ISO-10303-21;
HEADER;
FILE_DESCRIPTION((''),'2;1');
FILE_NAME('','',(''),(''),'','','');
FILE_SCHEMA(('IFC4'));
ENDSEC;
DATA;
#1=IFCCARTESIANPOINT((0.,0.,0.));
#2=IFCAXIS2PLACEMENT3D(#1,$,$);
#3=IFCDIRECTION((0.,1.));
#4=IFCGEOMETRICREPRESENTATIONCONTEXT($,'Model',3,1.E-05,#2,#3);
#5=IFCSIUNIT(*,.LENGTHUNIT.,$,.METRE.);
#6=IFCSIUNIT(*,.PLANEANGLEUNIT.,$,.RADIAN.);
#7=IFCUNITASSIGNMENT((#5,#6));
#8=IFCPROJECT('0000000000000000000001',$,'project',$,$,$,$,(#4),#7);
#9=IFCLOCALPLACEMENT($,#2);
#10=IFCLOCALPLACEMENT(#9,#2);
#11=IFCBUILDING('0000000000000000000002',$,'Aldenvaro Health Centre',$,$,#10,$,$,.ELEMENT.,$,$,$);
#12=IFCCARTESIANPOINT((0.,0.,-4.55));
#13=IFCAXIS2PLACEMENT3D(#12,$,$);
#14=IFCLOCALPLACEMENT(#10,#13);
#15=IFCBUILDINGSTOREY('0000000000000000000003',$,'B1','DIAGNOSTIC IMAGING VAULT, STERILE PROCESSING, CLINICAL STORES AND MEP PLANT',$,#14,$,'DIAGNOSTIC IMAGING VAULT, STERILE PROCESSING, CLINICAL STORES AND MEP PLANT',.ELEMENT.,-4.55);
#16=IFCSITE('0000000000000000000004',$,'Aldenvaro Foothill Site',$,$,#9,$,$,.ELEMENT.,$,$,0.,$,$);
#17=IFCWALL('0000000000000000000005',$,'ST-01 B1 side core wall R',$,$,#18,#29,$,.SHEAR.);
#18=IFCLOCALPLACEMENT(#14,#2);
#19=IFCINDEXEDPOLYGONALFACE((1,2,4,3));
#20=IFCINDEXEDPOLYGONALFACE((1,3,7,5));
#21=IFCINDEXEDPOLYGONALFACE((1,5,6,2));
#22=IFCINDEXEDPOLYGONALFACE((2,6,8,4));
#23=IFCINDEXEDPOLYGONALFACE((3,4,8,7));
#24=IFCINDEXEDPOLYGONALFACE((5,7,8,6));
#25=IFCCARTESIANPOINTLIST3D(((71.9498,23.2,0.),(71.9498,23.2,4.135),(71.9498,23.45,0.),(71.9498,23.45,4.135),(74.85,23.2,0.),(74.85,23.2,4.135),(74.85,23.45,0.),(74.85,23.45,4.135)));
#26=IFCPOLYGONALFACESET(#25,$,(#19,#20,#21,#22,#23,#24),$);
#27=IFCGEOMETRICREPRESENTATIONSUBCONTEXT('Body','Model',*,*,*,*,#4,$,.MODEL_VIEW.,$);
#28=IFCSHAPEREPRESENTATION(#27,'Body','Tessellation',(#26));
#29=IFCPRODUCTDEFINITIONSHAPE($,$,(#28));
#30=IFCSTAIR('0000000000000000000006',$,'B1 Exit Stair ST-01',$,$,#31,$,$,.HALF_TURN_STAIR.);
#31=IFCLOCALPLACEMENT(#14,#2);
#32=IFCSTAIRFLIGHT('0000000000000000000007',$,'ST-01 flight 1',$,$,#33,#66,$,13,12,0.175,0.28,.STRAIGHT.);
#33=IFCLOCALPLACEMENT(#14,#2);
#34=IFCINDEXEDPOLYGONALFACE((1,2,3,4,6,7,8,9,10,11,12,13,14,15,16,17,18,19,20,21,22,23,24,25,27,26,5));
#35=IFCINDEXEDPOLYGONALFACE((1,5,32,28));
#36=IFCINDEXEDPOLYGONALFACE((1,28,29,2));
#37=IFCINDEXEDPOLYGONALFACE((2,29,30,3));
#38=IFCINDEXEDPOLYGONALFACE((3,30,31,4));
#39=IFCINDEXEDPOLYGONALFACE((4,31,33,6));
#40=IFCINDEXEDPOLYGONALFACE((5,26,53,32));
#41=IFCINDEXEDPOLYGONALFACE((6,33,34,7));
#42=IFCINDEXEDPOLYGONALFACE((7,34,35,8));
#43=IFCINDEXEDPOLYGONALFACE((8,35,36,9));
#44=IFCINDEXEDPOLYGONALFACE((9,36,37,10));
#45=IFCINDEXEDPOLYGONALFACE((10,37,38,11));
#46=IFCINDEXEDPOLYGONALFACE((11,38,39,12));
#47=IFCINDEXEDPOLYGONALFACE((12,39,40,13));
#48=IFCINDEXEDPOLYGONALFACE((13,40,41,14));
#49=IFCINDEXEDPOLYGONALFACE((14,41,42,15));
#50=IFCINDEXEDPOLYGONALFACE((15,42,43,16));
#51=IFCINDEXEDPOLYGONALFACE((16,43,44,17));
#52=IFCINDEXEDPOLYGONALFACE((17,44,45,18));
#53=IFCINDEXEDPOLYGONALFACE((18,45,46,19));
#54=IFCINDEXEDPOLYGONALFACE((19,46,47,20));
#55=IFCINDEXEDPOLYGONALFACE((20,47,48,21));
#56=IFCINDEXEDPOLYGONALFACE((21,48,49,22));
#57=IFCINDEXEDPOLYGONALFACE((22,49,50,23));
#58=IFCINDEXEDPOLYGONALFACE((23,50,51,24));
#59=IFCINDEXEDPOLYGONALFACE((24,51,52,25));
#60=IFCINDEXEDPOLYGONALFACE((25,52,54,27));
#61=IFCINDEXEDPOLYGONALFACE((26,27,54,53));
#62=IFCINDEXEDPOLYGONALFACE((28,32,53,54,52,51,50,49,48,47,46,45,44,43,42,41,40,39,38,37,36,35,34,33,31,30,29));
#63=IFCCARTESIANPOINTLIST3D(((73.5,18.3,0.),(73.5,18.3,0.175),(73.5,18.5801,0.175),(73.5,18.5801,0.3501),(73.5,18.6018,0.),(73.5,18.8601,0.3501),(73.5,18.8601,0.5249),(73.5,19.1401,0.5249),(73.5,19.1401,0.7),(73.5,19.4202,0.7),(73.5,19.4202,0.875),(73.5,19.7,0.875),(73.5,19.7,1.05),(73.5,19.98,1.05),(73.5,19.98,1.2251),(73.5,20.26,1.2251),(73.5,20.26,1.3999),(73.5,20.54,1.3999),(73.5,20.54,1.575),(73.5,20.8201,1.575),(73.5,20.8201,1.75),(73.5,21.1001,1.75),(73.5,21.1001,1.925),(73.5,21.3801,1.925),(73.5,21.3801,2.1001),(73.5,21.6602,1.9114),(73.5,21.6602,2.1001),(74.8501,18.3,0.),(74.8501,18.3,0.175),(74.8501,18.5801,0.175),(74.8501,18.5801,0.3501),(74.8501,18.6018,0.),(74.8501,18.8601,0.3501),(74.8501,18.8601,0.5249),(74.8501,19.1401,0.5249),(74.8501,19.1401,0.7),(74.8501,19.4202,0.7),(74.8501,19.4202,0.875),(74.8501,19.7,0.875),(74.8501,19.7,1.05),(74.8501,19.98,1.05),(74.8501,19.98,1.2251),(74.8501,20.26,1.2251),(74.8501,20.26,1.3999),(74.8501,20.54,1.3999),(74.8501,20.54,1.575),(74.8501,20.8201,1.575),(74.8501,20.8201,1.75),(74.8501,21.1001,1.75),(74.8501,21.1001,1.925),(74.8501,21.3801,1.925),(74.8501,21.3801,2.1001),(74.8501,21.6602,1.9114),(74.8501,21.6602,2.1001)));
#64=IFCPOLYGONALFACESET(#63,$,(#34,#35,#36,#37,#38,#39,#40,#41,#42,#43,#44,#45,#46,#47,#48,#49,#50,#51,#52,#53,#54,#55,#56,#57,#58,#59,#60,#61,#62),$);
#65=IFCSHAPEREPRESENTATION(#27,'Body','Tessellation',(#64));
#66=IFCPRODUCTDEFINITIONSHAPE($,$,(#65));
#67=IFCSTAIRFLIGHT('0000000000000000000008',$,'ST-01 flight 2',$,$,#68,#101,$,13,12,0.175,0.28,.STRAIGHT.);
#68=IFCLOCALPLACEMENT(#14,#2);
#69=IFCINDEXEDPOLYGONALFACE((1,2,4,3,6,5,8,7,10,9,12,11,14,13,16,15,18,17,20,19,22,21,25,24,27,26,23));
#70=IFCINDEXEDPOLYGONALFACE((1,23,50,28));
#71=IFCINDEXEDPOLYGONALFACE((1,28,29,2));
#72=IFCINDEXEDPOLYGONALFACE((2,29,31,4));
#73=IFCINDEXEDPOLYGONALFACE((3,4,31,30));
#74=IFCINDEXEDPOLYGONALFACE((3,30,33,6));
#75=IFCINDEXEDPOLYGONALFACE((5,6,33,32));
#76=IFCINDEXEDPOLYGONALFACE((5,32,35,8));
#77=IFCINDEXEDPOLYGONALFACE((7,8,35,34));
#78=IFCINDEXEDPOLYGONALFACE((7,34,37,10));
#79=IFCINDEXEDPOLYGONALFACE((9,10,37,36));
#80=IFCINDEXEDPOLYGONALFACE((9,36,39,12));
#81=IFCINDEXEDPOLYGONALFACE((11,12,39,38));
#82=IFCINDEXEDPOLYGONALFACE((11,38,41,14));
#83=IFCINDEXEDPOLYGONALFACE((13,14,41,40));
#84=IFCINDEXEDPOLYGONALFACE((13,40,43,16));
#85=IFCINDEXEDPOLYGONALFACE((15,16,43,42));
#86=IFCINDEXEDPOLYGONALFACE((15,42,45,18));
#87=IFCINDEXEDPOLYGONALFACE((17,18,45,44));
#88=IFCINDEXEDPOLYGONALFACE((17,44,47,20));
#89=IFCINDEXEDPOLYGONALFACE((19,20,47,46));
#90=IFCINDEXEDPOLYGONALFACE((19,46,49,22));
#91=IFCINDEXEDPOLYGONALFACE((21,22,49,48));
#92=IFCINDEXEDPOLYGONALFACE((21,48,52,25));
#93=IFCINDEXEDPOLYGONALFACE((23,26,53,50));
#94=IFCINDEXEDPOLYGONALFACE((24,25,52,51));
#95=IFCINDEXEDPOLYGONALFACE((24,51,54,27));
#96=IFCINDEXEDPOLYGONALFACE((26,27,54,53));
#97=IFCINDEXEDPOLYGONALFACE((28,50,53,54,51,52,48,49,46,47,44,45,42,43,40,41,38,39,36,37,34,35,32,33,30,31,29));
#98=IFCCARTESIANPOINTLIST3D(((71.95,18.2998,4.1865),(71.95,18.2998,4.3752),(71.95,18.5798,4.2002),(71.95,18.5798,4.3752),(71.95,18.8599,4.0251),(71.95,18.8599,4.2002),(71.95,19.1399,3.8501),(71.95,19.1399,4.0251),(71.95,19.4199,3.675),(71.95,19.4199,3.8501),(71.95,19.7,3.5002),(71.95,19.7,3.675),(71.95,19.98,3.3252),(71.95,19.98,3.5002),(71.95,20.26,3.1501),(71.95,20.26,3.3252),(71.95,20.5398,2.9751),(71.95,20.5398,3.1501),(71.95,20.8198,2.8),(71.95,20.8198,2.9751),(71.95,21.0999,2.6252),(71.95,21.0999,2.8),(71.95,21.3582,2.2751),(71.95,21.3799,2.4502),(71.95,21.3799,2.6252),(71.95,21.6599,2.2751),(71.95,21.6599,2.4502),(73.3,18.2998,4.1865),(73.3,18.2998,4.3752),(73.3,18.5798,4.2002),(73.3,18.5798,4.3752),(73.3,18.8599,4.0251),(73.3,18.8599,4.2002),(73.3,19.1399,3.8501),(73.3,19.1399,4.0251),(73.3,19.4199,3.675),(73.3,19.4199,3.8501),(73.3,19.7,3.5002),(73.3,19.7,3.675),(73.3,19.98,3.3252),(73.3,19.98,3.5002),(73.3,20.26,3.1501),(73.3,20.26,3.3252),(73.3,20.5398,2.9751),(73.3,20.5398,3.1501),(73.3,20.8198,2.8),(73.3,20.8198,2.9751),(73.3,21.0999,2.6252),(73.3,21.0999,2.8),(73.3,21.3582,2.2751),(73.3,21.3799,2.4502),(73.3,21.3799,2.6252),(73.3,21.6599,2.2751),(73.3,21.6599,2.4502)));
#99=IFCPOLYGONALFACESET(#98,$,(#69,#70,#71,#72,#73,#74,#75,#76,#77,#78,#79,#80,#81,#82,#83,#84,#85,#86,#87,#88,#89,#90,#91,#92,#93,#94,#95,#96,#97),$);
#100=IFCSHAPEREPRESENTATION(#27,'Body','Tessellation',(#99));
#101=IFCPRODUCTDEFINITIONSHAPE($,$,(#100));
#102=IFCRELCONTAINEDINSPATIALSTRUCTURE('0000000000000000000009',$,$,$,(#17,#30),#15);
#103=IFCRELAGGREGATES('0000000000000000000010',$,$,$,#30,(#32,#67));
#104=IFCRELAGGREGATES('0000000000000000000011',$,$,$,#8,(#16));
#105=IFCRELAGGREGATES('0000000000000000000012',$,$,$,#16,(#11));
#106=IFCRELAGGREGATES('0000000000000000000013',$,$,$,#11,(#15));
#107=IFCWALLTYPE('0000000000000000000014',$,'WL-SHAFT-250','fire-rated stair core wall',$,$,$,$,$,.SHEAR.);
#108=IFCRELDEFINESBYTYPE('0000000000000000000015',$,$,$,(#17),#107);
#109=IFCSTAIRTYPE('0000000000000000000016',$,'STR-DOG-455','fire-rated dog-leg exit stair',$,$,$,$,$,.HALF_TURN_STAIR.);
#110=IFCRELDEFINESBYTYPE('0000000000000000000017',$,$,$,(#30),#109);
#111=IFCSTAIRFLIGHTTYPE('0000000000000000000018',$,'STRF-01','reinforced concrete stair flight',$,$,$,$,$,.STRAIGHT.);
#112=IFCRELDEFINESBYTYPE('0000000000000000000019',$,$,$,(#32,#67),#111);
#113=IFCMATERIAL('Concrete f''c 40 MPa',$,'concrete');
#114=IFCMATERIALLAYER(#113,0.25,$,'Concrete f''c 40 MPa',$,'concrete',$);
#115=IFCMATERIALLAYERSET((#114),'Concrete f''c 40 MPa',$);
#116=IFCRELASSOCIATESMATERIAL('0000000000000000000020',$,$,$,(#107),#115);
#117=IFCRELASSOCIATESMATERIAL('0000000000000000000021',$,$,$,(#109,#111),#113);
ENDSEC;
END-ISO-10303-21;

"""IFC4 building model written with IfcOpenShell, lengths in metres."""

from ifc_helpers import new_model, si_unit, direction, frame, frame_2d, origin, place, context, subcontext, project, spatial, polyline, rectangle, outline, extrude, material, layer, layer_set, type_object, element, aggregate, save


model = new_model("IFC4")

# Units and contexts
model_context = context("Model", 3, precision=1e-05, world=origin(), true_north=direction((0.0, 1.0)))
body_context = subcontext(model_context, "Body", "Model", "MODEL_VIEW")
ifc_project = project(units=[si_unit("LENGTHUNIT", "METRE"), si_unit("PLANEANGLEUNIT", "RADIAN")], contexts=[model_context])

# Site, building, storey
site_placement = place(None, origin())
site = spatial("IfcSite", under=ifc_project, at=site_placement, Name="Aldenvaro Foothill Site", CompositionType="ELEMENT", RefElevation=0.0)
building_placement = place(site_placement, origin())
building = spatial("IfcBuilding", under=site, at=building_placement, Name="Aldenvaro Health Centre", CompositionType="ELEMENT")
storey_placement = place(building_placement, frame((0.0, 0.0, -4.55)))
storey = spatial("IfcBuildingStorey", under=building, at=storey_placement, Name="B1", Description="DIAGNOSTIC IMAGING VAULT, STERILE PROCESSING, CLINICAL STORES AND MEP PLANT", LongName="DIAGNOSTIC IMAGING VAULT, STERILE PROCESSING, CLINICAL STORES AND MEP PLANT", CompositionType="ELEMENT", Elevation=-4.55)

# Shared definitions
ifc_material_1 = material(Name="Concrete f'c 40 MPa", Category="concrete")

# Shared definitions
ifc_layer_1 = layer(ifc_material_1, 0.25, Name="Concrete f'c 40 MPa", Category="concrete")
ifc_layer_set_1 = layer_set([ifc_layer_1], Name="Concrete f'c 40 MPa")
wall_type_1 = type_object("IfcWallType", Name="WL-SHAFT-250", Description="fire-rated stair core wall", PredefinedType="SHEAR", material=ifc_layer_set_1)

# Wall
for number, where, z_axis, x_axis, name in (
    (1, (74.8501, 23.325, 0.0), (0.0, 0.0, 1.0), (-1.0, 0.0, 0.0), "ST-01 B1 side core wall R"),
):
    element("IfcWall", number, at=place(storey_placement, frame(where, z_axis=z_axis, x_axis=x_axis)), inside=storey, type_object=wall_type_1, Name=name, PredefinedType="SHEAR", context=body_context, shape_type="SweptSolid", body=[
        extrude(rectangle(XDim=2.9001, YDim=0.25, at=frame_2d((1.4502, 0.0))), origin(), (0.0, 0.0, 1.0), 4.135),
    ])

# Stair, stair flights
stair_type = type_object("IfcStairType", Name="STR-DOG-455", Description="fire-rated dog-leg exit stair", PredefinedType="HALF_TURN_STAIR", material=ifc_material_1)
stair_placement = place(storey_placement, origin())
stair = element("IfcStair", 2, at=stair_placement, inside=storey, type_object=stair_type, Name="B1 Exit Stair ST-01", PredefinedType="HALF_TURN_STAIR")
stair_flight_type = type_object("IfcStairFlightType", Name="STRF-01", Description="reinforced concrete stair flight", PredefinedType="STRAIGHT", material=ifc_material_1)
stair_flight_1_placement = place(storey_placement, frame((74.175, 18.3, 0.0), z_axis=(0.0, 0.0, 1.0), x_axis=(0.0, 1.0, 0.0)))
stair_flight_1 = element("IfcStairFlight", 3, at=stair_flight_1_placement, type_object=stair_flight_type, Name="ST-01 flight 1", NumberOfRisers=13, NumberOfTreads=12, PredefinedType="STRAIGHT", RiserHeight=0.175, TreadLength=0.28, context=body_context, shape_type="SweptSolid", body=[
    extrude(outline(polyline([(0.0, 0.0), (0.0, 0.175), (0.28, 0.175), (0.28, 0.3501), (0.5601, 0.3501), (0.5601, 0.5249), (0.8401, 0.5249), (0.8401, 0.7), (1.1201, 0.7), (1.1201, 0.875), (1.3999, 0.875), (1.3999, 1.05), (1.6799, 1.05), (1.6799, 1.2251), (1.96, 1.2251), (1.96, 1.3999), (2.24, 1.3999), (2.24, 1.575), (2.52, 1.575), (2.52, 1.75), (2.8, 1.75), (2.8, 1.925), (3.0801, 1.925), (3.0801, 2.1001), (3.3601, 2.1001), (3.3601, 2.2749), (3.3601, 1.9114), (0.3018, 0.0), (0.0, 0.0)])), frame((0.0, 0.675, 0.0), z_axis=(0.0, -1.0, 0.0), x_axis=(1.0, 0.0, 0.0)), (0.0, 0.0, 1.0), 1.3501),
])
stair_flight_2_placement = place(storey_placement, frame((72.625, 21.6599, 2.2751), z_axis=(0.0, 0.0, 1.0), x_axis=(0.0, -1.0, 0.0)))
stair_flight_2 = element("IfcStairFlight", 4, at=stair_flight_2_placement, type_object=stair_flight_type, Name="ST-01 flight 2", NumberOfRisers=13, NumberOfTreads=12, PredefinedType="STRAIGHT", RiserHeight=0.175, TreadLength=0.28, context=body_context, shape_type="SweptSolid", body=[
    extrude(outline(polyline([(0.0, 0.0), (0.0, 0.175), (0.28, 0.175), (0.28, 0.3501), (0.5601, 0.3501), (0.5601, 0.5249), (0.8401, 0.5249), (0.8401, 0.7), (1.1201, 0.7), (1.1201, 0.875), (1.3999, 0.875), (1.3999, 1.05), (1.6799, 1.05), (1.6799, 1.2251), (1.96, 1.2251), (1.96, 1.3999), (2.24, 1.3999), (2.24, 1.575), (2.52, 1.575), (2.52, 1.75), (2.8, 1.75), (2.8, 1.925), (3.0801, 1.925), (3.0801, 2.1001), (3.3601, 2.1001), (3.3601, 2.2749), (3.3601, 1.9114), (0.3018, 0.0), (0.0, 0.0)])), frame((0.0, 0.675, 0.0), z_axis=(0.0, -1.0, 0.0), x_axis=(1.0, 0.0, 0.0)), (0.0, 0.0, 1.0), 1.3501),
])
aggregate(stair, [stair_flight_1, stair_flight_2])

save(model, "model.ifc")
